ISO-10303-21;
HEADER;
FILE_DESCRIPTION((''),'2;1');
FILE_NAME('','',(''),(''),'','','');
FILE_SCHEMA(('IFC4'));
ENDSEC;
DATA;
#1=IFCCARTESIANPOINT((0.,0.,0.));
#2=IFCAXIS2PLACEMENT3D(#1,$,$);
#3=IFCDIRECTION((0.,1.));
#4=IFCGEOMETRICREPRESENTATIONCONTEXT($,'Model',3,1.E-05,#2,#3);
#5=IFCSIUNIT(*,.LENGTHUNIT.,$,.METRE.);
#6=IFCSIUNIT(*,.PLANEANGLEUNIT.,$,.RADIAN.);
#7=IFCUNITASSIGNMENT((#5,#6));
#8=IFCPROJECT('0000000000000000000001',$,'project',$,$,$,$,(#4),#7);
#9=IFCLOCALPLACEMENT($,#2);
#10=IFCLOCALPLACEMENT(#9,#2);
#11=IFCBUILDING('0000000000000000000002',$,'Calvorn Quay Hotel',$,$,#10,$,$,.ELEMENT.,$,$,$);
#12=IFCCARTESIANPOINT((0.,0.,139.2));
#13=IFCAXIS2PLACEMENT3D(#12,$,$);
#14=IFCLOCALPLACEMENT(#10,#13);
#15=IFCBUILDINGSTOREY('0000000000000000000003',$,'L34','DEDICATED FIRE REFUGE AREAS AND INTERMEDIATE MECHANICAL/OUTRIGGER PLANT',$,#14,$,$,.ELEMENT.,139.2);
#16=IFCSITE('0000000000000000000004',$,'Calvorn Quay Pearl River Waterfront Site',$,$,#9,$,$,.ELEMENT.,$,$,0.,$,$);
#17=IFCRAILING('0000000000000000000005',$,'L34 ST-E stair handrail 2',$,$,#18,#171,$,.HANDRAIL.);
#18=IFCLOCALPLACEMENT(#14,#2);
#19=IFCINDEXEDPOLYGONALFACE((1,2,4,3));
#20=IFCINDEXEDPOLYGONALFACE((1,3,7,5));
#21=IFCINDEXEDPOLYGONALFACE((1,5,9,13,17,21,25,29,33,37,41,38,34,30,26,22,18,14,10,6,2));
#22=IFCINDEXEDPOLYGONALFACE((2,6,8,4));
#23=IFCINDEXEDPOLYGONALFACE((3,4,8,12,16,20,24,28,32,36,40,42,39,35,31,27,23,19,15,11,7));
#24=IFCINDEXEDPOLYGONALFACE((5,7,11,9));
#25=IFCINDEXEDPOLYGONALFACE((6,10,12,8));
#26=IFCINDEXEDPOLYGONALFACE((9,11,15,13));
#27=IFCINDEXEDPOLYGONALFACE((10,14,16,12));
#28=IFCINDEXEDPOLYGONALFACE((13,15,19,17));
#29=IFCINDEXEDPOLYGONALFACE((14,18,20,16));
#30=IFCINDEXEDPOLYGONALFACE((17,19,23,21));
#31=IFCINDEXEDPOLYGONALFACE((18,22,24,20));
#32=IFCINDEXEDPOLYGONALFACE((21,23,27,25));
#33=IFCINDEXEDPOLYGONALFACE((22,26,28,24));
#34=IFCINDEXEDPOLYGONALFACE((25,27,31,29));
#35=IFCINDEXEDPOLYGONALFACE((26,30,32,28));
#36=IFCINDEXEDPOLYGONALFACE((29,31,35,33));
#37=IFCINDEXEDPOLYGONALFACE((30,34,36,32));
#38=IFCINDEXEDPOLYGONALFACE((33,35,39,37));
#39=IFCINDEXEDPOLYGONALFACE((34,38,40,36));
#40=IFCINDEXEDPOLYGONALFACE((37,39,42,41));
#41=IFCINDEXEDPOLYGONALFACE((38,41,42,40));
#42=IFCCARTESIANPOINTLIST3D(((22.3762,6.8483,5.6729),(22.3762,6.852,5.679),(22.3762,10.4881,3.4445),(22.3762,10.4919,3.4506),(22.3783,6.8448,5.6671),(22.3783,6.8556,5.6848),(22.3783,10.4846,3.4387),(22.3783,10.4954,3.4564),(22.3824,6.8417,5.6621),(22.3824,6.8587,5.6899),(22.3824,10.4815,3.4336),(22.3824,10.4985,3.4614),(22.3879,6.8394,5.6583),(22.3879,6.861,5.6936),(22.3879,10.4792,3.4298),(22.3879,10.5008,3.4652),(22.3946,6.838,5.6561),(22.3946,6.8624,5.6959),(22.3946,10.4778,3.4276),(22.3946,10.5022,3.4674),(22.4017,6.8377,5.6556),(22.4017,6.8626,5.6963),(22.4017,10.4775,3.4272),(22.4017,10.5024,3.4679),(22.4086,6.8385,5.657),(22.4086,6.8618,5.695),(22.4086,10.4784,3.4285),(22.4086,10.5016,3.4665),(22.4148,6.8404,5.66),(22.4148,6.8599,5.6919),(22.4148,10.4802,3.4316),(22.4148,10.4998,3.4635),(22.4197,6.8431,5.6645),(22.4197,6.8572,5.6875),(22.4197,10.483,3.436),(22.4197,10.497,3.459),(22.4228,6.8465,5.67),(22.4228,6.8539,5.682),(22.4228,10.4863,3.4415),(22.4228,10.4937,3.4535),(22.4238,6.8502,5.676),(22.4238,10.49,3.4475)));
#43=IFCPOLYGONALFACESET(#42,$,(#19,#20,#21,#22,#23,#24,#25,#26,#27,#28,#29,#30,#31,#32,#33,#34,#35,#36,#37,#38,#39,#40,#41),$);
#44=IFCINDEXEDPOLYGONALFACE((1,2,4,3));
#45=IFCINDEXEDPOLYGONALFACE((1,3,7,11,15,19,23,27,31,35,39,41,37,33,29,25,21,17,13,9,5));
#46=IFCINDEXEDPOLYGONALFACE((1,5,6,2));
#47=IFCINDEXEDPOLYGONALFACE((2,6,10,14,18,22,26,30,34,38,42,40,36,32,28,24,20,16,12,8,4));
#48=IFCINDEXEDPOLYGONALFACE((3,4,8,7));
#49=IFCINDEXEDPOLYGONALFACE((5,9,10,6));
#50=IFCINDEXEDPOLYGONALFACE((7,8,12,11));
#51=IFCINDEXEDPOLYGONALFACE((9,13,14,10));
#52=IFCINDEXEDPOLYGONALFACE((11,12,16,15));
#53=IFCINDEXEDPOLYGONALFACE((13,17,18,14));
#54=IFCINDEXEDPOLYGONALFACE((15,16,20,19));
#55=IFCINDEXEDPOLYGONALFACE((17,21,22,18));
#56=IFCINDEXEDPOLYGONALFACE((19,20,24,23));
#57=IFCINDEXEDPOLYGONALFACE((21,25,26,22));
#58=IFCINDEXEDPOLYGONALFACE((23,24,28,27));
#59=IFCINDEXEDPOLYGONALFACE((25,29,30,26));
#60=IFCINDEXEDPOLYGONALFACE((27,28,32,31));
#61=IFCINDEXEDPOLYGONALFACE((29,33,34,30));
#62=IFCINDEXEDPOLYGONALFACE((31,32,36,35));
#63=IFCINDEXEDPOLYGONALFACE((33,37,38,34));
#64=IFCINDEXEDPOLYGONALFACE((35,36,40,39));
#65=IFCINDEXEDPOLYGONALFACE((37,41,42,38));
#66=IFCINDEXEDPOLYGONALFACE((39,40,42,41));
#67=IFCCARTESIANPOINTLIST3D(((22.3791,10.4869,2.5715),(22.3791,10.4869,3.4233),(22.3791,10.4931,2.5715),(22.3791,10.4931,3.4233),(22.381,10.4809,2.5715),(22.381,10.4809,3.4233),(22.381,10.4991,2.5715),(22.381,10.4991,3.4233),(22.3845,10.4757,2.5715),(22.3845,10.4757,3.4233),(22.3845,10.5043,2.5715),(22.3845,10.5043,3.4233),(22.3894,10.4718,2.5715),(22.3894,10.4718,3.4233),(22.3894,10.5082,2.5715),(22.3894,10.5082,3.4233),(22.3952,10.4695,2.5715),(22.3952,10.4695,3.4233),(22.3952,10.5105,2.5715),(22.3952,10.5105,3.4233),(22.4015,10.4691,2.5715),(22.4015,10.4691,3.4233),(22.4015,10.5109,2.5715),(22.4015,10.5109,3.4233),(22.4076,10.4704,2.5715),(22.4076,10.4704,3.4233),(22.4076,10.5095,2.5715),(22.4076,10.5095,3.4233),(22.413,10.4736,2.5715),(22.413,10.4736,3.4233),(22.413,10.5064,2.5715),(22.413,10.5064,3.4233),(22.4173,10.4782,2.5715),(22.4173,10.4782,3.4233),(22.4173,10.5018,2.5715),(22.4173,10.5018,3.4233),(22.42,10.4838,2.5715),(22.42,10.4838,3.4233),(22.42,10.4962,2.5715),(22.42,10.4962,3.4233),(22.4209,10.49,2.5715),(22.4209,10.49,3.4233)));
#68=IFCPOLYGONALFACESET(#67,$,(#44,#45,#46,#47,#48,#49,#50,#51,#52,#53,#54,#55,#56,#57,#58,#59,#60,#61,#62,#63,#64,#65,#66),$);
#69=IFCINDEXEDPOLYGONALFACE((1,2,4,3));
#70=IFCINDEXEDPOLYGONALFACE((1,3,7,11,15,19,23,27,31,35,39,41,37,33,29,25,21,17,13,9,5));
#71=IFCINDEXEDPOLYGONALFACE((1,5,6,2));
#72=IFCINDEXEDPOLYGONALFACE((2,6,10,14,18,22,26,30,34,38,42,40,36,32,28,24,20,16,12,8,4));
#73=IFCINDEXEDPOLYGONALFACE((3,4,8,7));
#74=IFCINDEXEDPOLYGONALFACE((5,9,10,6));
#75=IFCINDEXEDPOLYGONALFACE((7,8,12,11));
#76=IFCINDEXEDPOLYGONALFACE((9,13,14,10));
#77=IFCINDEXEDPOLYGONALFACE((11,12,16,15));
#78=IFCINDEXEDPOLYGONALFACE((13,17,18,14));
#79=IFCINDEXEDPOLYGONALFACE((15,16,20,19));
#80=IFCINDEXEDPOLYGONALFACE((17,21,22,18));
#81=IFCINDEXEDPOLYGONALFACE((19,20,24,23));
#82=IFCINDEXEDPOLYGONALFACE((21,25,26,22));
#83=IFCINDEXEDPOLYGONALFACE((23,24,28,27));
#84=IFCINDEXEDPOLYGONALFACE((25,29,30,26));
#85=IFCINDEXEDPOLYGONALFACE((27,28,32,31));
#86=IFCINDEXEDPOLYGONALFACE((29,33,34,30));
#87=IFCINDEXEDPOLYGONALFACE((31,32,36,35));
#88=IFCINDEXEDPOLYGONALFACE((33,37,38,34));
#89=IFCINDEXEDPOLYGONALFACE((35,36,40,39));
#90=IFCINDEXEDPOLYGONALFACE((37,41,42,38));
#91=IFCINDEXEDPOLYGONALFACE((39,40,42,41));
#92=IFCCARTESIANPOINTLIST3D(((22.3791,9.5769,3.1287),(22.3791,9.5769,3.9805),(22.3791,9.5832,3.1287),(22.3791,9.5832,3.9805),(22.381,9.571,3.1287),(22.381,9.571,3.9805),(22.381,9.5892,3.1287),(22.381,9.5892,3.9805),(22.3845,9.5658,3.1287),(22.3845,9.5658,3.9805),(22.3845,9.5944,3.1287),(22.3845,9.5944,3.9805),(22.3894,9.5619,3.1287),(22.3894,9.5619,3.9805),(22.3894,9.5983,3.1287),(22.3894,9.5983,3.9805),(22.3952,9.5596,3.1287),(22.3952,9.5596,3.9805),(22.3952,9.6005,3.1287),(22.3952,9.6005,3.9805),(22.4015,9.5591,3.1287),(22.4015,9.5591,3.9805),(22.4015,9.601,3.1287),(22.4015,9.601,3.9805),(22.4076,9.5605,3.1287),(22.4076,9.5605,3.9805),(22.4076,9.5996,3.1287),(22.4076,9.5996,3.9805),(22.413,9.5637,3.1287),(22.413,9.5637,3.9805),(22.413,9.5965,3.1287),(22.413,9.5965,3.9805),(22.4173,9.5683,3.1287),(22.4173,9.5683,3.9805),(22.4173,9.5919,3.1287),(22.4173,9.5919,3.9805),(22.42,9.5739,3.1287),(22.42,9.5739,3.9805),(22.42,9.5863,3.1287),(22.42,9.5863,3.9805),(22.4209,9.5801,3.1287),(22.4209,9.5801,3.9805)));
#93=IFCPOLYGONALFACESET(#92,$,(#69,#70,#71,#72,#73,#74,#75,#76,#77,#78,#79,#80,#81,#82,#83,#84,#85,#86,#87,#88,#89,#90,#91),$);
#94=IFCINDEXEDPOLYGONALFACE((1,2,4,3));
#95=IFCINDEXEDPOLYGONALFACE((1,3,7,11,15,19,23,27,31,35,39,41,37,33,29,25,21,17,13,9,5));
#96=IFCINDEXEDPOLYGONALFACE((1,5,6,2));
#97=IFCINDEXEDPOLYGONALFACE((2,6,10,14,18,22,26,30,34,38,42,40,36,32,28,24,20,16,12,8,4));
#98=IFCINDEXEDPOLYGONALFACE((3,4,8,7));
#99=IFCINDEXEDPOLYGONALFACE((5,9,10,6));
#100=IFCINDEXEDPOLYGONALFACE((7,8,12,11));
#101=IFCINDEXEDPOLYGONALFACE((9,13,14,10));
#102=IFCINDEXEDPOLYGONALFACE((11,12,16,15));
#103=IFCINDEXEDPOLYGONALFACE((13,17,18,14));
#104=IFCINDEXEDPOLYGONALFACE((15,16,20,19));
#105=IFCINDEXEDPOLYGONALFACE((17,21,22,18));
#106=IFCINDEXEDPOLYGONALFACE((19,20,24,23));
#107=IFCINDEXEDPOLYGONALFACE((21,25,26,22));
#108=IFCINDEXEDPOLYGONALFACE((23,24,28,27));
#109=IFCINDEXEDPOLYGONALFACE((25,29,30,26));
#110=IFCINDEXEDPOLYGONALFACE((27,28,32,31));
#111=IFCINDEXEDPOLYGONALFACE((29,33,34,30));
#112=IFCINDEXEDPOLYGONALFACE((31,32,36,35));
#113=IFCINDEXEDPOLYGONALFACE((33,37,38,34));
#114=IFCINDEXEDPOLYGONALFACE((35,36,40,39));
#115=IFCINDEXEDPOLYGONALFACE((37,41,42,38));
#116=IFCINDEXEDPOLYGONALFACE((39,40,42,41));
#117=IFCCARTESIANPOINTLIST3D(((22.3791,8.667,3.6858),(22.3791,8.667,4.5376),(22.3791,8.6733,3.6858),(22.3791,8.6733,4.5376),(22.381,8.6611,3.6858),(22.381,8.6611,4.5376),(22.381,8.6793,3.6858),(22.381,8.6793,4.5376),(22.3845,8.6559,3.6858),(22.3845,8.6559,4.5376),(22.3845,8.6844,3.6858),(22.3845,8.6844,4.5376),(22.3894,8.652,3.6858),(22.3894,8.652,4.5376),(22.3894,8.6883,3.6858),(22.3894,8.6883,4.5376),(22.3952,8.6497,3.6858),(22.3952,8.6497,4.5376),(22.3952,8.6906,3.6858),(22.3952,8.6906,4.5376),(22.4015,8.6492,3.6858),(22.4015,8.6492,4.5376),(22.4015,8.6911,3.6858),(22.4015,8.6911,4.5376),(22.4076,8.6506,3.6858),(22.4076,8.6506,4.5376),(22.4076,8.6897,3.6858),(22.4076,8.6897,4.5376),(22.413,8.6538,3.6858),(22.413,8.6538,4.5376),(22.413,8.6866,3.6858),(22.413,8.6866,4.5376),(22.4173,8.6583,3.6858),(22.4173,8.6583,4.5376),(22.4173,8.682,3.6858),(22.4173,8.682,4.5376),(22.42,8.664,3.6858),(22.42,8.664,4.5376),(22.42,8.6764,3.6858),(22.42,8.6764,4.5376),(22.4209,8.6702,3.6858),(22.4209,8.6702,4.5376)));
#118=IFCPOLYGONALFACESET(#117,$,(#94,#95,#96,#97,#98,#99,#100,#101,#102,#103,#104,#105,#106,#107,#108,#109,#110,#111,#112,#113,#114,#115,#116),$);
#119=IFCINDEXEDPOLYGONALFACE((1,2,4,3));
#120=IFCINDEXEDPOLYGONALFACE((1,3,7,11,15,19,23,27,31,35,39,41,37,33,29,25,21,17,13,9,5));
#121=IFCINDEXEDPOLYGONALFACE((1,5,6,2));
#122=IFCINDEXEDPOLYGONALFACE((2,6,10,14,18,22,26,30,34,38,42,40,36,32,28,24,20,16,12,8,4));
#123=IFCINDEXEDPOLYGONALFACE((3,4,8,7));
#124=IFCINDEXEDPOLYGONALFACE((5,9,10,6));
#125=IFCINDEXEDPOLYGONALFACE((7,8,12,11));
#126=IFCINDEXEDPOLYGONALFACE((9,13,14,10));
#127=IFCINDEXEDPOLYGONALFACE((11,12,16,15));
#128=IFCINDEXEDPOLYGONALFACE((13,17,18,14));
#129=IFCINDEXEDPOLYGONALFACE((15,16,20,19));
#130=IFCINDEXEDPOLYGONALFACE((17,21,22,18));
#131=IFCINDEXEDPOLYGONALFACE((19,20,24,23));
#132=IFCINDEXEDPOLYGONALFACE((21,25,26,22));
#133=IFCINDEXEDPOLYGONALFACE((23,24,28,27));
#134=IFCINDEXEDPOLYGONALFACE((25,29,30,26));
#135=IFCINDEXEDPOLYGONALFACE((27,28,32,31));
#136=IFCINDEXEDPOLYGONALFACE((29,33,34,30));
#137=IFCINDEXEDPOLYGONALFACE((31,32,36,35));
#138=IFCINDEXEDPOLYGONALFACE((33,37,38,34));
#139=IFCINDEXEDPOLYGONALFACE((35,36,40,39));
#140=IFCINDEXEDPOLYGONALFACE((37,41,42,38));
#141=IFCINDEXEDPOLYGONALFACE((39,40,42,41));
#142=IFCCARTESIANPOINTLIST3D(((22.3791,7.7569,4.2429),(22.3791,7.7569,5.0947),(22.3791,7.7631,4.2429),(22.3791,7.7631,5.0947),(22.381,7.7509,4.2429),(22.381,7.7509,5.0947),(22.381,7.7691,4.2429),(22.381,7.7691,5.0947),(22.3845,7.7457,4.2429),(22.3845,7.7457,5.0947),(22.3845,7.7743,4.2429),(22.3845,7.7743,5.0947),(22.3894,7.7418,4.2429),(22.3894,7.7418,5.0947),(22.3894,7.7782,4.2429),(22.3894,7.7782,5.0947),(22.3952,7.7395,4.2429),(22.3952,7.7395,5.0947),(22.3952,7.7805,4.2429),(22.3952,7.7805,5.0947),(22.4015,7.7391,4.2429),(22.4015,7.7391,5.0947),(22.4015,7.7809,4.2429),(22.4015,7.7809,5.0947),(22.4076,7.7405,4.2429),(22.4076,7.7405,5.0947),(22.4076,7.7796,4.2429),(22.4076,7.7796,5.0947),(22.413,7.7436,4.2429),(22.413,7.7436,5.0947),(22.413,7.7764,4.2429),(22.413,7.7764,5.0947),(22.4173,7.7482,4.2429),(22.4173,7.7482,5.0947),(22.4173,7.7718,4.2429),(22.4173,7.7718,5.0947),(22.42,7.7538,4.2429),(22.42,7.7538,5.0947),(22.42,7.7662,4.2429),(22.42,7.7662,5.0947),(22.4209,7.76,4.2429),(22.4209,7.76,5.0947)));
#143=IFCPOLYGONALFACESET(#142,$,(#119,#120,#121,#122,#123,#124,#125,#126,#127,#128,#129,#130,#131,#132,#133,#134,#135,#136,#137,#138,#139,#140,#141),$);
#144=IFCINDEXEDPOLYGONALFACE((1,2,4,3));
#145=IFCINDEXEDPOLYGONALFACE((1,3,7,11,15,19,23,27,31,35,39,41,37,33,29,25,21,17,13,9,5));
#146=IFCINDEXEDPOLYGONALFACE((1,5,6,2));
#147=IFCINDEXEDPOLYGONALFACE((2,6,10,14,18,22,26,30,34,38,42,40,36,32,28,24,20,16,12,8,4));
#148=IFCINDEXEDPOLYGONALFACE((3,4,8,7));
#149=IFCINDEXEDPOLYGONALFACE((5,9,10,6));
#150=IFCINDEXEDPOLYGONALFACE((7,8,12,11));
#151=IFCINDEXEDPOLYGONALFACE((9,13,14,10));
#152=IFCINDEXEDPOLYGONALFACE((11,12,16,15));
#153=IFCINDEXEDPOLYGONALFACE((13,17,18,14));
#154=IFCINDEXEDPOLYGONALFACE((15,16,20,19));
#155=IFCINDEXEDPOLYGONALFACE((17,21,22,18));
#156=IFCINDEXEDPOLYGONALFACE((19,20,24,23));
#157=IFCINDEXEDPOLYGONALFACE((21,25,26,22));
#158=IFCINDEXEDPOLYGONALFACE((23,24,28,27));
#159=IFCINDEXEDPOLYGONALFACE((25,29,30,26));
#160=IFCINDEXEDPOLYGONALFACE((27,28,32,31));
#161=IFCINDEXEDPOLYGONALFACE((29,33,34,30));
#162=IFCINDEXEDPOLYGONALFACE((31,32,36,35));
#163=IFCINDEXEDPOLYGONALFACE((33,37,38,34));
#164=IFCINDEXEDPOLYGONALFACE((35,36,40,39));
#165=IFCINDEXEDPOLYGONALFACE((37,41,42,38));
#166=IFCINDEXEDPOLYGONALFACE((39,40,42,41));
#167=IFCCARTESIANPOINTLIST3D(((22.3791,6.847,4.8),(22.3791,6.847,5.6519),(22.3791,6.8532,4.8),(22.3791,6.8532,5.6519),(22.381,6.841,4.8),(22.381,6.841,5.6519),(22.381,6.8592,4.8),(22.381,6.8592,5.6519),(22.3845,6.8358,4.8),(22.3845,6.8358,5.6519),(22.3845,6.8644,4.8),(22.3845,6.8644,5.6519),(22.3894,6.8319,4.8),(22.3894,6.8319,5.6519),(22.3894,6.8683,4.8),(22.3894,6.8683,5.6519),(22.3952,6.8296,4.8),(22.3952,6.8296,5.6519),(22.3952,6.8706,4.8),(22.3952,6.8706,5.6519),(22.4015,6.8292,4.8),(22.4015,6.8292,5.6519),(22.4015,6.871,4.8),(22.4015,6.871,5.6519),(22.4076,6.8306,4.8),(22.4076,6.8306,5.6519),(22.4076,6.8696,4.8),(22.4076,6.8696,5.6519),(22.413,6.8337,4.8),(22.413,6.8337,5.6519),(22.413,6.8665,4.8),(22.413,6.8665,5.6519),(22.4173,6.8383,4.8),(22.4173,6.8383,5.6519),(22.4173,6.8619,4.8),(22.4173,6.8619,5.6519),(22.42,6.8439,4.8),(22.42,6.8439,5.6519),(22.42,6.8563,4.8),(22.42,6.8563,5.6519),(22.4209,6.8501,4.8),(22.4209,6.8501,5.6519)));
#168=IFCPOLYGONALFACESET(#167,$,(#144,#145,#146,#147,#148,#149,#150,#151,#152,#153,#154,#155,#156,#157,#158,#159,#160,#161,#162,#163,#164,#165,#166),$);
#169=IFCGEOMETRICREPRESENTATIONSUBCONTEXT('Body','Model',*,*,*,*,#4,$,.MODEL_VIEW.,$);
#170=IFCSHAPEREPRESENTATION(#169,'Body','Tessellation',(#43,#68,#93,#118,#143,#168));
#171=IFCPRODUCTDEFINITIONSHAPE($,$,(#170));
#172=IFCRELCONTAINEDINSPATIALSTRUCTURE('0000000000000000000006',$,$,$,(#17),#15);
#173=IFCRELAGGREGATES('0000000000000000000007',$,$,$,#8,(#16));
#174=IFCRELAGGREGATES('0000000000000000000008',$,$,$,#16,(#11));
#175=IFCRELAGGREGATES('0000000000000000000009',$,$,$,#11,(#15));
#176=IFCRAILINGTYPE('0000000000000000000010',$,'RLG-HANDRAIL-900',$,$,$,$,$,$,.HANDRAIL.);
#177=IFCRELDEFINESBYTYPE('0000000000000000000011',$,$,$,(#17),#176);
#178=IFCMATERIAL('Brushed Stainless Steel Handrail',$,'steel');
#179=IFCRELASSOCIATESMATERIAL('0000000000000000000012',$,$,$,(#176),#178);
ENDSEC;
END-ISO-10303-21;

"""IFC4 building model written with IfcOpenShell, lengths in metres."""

from ifc_helpers import new_model, si_unit, direction, frame, origin, origin_2d, place, context, subcontext, project, spatial, circle, extrude, material, type_object, element, save


model = new_model("IFC4")

# Units and contexts
model_context = context("Model", 3, precision=1e-05, world=origin(), true_north=direction((0.0, 1.0)))
body_context = subcontext(model_context, "Body", "Model", "MODEL_VIEW")
ifc_project = project(units=[si_unit("LENGTHUNIT", "METRE"), si_unit("PLANEANGLEUNIT", "RADIAN")], contexts=[model_context])

# Site, building, storey
site_placement = place(None, origin())
site = spatial("IfcSite", under=ifc_project, at=site_placement, Name="Calvorn Quay Pearl River Waterfront Site", CompositionType="ELEMENT", RefElevation=0.0)
building_placement = place(site_placement, origin())
building = spatial("IfcBuilding", under=site, at=building_placement, Name="Calvorn Quay Hotel", CompositionType="ELEMENT")
storey_placement = place(building_placement, frame((0.0, 0.0, 139.2)))
storey = spatial("IfcBuildingStorey", under=building, at=storey_placement, Name="L34", Description="DEDICATED FIRE REFUGE AREAS AND INTERMEDIATE MECHANICAL/OUTRIGGER PLANT", CompositionType="ELEMENT", Elevation=139.2)

# Railing
ifc_material_1 = material(Name="Brushed Stainless Steel Handrail", Category="steel")
railing_type_1 = type_object("IfcRailingType", Name="RLG-HANDRAIL-900", PredefinedType="HANDRAIL", material=ifc_material_1)
railing_1_placement = place(storey_placement, frame((22.3999, 10.49, 2.5715)))
element("IfcRailing", 1, at=railing_1_placement, inside=storey, type_object=railing_type_1, Name="L34 ST-E stair handrail 2", PredefinedType="HANDRAIL", context=body_context, shape_type="SweptSolid", body=[
    extrude(circle(Radius=0.0239, at=origin_2d()), frame((0.0, 0.0, 0.876), z_axis=(0.0, -0.85285, 0.522156), x_axis=(1.0, 0.0, 0.0)), (0.0, 0.0, 1.0), 4.2678),
    extrude(circle(Radius=0.021, at=origin_2d()), origin(), (0.0, 0.0, 1.0), 0.8518),
    extrude(circle(Radius=0.021, at=origin_2d()), frame((0.0, -0.9099, 0.5571)), (0.0, 0.0, 1.0), 0.8518),
    extrude(circle(Radius=0.021, at=origin_2d()), frame((0.0, -1.8198, 1.1143)), (0.0, 0.0, 1.0), 0.8518),
    extrude(circle(Radius=0.021, at=origin_2d()), frame((0.0, -2.73, 1.6714)), (0.0, 0.0, 1.0), 0.8518),
    extrude(circle(Radius=0.021, at=origin_2d()), frame((0.0, -3.6399, 2.2285)), (0.0, 0.0, 1.0), 0.8518),
])

save(model, "model.ifc")
